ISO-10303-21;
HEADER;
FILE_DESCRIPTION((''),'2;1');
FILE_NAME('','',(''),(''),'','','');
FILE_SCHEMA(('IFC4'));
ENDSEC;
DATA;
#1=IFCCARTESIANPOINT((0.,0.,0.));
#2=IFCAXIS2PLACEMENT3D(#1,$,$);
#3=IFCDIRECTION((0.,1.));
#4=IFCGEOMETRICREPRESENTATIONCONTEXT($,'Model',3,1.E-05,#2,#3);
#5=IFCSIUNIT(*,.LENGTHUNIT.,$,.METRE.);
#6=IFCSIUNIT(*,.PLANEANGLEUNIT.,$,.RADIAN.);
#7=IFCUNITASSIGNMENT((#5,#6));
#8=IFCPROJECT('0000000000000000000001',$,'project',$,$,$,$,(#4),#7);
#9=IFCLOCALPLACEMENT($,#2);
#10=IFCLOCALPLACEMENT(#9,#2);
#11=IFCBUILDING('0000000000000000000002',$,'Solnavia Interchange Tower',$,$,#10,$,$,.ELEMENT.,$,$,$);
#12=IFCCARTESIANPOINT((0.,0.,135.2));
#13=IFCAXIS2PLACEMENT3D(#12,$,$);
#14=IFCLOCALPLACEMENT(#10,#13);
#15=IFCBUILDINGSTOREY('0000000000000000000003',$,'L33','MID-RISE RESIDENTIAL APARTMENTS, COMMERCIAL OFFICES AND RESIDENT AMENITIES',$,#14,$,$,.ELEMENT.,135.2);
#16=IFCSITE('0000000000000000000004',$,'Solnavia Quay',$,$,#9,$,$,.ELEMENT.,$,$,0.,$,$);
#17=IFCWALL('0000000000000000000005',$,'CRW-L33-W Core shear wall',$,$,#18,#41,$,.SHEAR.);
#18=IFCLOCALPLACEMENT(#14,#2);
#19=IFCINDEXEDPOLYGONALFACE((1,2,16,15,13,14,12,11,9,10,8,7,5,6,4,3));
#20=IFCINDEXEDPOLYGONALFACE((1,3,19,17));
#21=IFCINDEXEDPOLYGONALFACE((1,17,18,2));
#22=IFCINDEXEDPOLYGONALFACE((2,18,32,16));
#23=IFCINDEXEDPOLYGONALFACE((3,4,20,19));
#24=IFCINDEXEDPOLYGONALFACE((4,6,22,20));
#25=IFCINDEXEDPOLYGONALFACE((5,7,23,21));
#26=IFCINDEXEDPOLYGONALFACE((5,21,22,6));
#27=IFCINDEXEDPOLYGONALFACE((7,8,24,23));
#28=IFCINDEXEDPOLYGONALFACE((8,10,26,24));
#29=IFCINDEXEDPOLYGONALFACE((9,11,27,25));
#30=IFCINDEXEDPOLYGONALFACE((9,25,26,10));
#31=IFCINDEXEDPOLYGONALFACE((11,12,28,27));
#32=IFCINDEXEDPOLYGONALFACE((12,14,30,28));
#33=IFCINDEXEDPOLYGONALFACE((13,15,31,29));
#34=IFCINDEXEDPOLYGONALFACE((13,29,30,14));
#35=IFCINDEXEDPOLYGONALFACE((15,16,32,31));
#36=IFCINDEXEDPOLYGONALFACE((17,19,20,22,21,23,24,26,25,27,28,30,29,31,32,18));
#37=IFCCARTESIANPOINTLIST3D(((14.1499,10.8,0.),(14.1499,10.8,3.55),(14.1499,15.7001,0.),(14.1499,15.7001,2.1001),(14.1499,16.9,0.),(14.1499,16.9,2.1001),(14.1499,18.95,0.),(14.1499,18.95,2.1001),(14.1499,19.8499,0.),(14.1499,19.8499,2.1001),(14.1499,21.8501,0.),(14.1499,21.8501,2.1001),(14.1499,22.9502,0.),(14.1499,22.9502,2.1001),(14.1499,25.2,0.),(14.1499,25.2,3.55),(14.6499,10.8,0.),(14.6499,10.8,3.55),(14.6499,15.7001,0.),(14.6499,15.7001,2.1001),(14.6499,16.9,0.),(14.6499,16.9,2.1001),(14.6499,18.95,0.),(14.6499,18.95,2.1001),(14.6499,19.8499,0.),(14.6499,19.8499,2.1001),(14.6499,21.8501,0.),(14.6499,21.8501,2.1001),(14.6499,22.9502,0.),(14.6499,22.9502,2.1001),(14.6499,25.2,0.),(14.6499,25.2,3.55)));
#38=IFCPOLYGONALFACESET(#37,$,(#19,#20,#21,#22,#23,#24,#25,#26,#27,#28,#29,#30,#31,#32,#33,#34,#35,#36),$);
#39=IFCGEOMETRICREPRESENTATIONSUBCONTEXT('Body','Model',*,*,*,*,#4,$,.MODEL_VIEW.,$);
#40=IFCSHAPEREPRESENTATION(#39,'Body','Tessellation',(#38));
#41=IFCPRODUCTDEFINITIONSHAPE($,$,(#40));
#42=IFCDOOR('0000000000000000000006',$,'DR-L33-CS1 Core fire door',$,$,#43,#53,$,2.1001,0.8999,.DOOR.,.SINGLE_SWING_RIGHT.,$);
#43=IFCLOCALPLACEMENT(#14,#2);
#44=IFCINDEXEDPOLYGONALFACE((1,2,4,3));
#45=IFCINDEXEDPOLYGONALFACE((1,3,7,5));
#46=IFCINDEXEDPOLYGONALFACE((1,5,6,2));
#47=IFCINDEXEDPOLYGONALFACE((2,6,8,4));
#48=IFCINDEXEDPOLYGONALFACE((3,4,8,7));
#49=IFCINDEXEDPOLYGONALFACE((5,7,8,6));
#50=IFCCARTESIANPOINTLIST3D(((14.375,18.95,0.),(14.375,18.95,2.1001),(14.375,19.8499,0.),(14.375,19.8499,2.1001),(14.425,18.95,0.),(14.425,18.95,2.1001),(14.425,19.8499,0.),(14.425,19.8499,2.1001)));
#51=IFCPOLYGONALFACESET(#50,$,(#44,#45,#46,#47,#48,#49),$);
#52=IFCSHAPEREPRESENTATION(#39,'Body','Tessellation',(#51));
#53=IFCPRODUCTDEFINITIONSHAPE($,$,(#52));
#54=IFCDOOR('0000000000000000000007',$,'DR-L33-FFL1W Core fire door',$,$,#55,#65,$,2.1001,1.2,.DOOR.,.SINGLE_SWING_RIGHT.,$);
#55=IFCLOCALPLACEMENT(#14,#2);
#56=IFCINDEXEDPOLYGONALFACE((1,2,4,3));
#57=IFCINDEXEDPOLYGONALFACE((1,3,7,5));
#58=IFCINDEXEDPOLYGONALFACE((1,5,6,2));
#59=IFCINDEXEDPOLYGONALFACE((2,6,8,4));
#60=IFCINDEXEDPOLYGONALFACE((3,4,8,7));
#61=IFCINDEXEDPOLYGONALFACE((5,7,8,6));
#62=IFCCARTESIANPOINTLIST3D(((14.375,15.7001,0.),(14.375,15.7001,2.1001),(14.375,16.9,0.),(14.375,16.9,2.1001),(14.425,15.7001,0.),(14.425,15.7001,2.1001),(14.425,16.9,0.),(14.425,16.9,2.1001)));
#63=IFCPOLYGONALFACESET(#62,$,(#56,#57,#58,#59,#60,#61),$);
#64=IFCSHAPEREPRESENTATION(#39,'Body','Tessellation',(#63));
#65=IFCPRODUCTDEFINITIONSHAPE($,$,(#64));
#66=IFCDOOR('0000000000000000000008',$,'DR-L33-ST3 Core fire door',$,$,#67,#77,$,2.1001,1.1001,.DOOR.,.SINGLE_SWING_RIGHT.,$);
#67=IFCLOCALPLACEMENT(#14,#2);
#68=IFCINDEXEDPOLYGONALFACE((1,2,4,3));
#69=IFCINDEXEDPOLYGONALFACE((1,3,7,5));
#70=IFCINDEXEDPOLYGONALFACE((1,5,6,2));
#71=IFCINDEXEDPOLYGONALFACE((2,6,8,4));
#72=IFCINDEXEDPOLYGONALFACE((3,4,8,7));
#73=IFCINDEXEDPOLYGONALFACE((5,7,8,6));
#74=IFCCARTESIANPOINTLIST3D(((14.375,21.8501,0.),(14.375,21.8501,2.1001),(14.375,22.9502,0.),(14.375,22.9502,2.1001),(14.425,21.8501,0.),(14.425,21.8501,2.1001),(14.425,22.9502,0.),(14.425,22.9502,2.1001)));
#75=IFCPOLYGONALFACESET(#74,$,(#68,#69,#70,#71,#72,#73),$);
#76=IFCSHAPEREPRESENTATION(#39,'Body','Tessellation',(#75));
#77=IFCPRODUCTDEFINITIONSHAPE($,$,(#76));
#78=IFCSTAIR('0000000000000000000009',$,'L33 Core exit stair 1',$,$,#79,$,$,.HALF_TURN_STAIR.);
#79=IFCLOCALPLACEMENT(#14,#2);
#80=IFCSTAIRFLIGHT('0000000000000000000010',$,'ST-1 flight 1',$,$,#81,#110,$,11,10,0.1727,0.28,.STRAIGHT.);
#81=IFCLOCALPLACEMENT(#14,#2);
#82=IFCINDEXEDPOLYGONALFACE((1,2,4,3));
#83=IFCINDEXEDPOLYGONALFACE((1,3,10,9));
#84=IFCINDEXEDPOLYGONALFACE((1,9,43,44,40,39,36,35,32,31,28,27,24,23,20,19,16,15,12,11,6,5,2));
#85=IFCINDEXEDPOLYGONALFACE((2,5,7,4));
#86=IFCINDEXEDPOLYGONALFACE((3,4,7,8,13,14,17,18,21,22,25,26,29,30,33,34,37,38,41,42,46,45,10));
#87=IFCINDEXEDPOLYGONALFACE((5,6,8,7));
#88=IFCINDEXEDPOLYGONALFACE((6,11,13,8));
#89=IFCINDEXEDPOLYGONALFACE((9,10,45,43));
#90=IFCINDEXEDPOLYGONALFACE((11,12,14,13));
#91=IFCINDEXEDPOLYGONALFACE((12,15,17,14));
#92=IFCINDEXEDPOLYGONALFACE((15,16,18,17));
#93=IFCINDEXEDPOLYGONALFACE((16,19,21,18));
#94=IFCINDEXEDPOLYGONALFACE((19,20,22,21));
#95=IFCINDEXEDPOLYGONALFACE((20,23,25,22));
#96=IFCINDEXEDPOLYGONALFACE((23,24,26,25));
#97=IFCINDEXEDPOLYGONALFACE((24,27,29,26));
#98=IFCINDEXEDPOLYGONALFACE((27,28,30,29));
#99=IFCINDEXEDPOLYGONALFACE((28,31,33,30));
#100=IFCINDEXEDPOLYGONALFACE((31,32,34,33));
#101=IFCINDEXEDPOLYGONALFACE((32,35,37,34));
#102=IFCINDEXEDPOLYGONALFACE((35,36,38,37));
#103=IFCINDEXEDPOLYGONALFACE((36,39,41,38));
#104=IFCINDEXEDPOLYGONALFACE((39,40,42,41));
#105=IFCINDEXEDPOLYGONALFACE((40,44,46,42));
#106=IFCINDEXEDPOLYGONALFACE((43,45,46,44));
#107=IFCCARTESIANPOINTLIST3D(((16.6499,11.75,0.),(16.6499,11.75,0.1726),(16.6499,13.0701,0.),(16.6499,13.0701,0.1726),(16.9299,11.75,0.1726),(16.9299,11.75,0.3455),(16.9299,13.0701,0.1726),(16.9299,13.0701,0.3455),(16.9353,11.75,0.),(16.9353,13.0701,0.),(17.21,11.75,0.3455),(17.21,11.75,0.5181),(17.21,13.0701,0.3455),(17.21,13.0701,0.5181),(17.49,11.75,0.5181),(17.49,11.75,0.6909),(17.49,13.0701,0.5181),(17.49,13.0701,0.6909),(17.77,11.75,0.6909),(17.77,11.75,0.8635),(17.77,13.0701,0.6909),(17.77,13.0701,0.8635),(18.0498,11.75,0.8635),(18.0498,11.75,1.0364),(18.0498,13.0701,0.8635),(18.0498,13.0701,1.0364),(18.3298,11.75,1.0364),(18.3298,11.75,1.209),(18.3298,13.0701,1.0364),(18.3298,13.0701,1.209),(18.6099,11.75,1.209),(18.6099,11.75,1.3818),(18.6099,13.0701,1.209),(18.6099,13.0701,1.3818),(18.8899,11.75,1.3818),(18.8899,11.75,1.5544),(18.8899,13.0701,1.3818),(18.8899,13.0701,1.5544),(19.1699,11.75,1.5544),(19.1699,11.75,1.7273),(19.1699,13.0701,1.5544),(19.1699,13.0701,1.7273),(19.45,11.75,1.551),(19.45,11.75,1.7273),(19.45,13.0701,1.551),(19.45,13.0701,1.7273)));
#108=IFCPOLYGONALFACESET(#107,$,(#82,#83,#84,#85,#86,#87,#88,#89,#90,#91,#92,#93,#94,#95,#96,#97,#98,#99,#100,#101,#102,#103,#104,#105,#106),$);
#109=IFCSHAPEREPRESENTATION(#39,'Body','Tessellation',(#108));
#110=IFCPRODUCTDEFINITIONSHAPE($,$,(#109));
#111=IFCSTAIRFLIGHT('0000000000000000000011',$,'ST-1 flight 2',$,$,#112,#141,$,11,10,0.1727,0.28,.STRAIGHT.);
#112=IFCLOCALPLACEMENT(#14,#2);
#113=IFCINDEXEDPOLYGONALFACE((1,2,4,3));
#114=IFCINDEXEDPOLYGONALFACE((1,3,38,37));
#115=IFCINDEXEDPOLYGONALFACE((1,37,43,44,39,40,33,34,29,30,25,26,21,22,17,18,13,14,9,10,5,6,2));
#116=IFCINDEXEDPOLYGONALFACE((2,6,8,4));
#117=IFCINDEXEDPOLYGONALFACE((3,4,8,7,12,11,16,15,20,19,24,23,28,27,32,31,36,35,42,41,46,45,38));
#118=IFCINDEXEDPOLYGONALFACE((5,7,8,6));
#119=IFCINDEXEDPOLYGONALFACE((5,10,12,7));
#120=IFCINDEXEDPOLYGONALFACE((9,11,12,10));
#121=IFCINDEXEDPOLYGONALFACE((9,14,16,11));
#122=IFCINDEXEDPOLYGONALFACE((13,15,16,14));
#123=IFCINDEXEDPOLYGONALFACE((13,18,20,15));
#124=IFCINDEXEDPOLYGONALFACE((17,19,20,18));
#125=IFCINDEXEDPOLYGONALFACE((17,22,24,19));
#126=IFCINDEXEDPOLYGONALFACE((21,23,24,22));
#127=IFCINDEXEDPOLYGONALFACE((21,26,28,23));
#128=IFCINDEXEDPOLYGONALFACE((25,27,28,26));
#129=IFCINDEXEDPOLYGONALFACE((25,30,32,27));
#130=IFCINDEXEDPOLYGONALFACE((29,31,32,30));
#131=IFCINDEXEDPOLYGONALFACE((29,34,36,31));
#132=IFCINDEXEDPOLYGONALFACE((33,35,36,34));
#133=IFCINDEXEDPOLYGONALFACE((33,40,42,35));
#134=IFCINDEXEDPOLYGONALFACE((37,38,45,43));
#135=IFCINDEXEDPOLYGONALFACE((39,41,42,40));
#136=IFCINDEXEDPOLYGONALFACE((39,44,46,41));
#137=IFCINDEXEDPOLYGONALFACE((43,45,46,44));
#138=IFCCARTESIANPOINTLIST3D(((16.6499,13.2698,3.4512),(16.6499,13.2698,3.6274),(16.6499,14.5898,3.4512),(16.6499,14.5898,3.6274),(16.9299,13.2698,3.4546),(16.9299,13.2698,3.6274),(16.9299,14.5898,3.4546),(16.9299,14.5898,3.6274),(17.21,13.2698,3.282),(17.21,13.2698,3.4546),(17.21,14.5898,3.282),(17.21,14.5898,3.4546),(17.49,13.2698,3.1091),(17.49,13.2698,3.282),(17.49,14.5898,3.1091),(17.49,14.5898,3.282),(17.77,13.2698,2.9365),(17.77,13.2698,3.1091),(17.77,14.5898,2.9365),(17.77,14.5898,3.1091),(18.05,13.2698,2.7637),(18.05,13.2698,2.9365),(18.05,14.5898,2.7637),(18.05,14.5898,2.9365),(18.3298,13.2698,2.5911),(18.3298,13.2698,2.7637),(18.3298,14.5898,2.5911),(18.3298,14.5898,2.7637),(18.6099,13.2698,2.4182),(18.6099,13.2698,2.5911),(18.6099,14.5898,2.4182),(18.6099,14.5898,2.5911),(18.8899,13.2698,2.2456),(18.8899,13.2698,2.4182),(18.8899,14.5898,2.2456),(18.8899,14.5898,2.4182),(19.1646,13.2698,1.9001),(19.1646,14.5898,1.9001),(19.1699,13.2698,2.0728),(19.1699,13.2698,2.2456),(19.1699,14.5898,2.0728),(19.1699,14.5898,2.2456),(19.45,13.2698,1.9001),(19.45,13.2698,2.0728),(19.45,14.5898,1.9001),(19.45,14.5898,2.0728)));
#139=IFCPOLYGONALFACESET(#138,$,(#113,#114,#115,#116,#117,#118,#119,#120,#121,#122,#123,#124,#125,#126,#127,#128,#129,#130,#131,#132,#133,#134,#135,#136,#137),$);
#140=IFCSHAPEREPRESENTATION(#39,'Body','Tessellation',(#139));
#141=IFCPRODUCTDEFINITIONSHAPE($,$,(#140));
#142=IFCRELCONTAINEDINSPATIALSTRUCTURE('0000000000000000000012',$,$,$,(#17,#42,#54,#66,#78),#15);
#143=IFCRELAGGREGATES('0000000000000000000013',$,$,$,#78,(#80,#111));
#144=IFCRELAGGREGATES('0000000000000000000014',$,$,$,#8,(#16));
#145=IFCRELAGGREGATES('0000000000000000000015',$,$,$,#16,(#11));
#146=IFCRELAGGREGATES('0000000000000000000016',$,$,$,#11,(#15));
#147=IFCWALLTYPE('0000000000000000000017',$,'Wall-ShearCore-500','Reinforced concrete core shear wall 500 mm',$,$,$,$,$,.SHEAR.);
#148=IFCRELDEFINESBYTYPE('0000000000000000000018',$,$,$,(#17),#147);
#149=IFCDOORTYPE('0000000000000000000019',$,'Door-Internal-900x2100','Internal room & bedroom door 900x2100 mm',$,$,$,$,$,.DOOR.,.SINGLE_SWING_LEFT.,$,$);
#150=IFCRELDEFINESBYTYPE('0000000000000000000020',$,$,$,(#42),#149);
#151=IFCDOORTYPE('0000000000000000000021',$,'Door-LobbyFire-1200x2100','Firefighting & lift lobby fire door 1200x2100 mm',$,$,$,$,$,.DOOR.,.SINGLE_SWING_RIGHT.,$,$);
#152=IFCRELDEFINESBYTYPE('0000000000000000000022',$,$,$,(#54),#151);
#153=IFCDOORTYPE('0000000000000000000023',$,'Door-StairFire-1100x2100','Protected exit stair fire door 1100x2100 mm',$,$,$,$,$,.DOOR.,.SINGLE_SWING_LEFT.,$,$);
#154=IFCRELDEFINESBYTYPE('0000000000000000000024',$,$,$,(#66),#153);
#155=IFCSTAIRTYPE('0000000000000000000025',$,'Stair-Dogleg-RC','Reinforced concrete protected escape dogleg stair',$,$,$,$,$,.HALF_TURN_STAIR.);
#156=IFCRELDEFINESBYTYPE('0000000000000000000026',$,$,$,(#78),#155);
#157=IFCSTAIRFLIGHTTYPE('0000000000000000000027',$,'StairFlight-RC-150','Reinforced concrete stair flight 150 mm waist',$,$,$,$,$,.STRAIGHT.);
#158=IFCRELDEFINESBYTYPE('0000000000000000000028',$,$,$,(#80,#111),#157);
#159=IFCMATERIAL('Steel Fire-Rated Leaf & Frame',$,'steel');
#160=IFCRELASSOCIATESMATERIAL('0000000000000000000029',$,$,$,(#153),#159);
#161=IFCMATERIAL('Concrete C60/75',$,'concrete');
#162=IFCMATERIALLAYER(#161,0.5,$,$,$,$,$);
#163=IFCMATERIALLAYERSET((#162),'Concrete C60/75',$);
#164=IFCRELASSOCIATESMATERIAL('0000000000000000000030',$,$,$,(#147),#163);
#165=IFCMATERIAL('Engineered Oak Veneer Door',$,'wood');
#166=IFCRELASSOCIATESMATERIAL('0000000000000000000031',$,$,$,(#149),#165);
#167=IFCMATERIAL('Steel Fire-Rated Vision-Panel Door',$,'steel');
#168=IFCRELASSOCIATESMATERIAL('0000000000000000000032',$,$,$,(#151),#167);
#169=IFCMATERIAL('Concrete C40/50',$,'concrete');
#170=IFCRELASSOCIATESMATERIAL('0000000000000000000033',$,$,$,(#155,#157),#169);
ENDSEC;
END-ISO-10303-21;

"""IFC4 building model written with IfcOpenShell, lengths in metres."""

from ifc_helpers import new_model, si_unit, direction, frame, frame_2d, origin, place, context, subcontext, project, spatial, polyline, rectangle, outline, extrude, material, layer, layer_set, type_object, element, fill, aggregate, save


model = new_model("IFC4")

# Units and contexts
model_context = context("Model", 3, precision=1e-05, world=origin(), true_north=direction((0.0, 1.0)))
body_context = subcontext(model_context, "Body", "Model", "MODEL_VIEW")
ifc_project = project(units=[si_unit("LENGTHUNIT", "METRE"), si_unit("PLANEANGLEUNIT", "RADIAN")], contexts=[model_context])

# Site, building, storey
site_placement = place(None, origin())
site = spatial("IfcSite", under=ifc_project, at=site_placement, Name="Solnavia Quay", CompositionType="ELEMENT", RefElevation=0.0)
building_placement = place(site_placement, origin())
building = spatial("IfcBuilding", under=site, at=building_placement, Name="Solnavia Interchange Tower", CompositionType="ELEMENT")
storey_placement = place(building_placement, frame((0.0, 0.0, 135.2)))
storey = spatial("IfcBuildingStorey", under=building, at=storey_placement, Name="L33", Description="MID-RISE RESIDENTIAL APARTMENTS, COMMERCIAL OFFICES AND RESIDENT AMENITIES", CompositionType="ELEMENT", Elevation=135.2)

# Shared definitions
ifc_material_1 = material(Name="Concrete C40/50", Category="concrete")

# Shared definitions
ifc_material_2 = material(Name="Steel Fire-Rated Leaf & Frame", Category="steel")
door_type_1 = type_object("IfcDoorType", Name="Door-StairFire-1100x2100", Description="Protected exit stair fire door 1100x2100 mm", OperationType="SINGLE_SWING_LEFT", PredefinedType="DOOR", material=ifc_material_2)

# Shared definitions
ifc_material_3 = material(Name="Concrete C60/75", Category="concrete")
ifc_layer_1 = layer(ifc_material_3, 0.5)
ifc_layer_set_1 = layer_set([ifc_layer_1], Name="Concrete C60/75")
wall_type_1 = type_object("IfcWallType", Name="Wall-ShearCore-500", Description="Reinforced concrete core shear wall 500 mm", PredefinedType="SHEAR", material=ifc_layer_set_1)

# Wall, openings, doors
wall_1_placement = place(storey_placement, frame((14.3999, 10.8, 0.0), z_axis=(0.0, 0.0, 1.0), x_axis=(0.0, 1.0, 0.0)))
wall_1 = element("IfcWall", 1, at=wall_1_placement, inside=storey, type_object=wall_type_1, Name="CRW-L33-W Core shear wall", PredefinedType="SHEAR", context=body_context, shape_type="SweptSolid", body=[
    extrude(rectangle(XDim=14.3999, YDim=0.5, at=frame_2d((7.2, 0.0))), origin(), (0.0, 0.0, 1.0), 3.55),
])
opening_1_placement = place(wall_1_placement, frame((11.05, 0.0, 0.0)))
opening_1 = element("IfcOpeningElement", 2, at=opening_1_placement, cuts=wall_1, PredefinedType="OPENING", context=body_context, shape_type="SweptSolid", body=[
    extrude(rectangle(XDim=1.1001, YDim=2.1001, at=frame_2d((0.55, 1.05))), frame((0.0, 0.26, 0.0), z_axis=(0.0, -1.0, 0.0), x_axis=(1.0, 0.0, 0.0)), (0.0, 0.0, 1.0), 0.52),
])
opening_2_placement = place(wall_1_placement, frame((4.8999, 0.0, 0.0)))
opening_2 = element("IfcOpeningElement", 3, at=opening_2_placement, cuts=wall_1, PredefinedType="OPENING", context=body_context, shape_type="SweptSolid", body=[
    extrude(rectangle(XDim=1.2, YDim=2.1001, at=frame_2d((0.6001, 1.05))), frame((0.0, 0.26, 0.0), z_axis=(0.0, -1.0, 0.0), x_axis=(1.0, 0.0, 0.0)), (0.0, 0.0, 1.0), 0.52),
])
opening_3_placement = place(wall_1_placement, frame((8.1499, 0.0, 0.0)))
opening_3 = element("IfcOpeningElement", 4, at=opening_3_placement, cuts=wall_1, PredefinedType="OPENING", context=body_context, shape_type="SweptSolid", body=[
    extrude(rectangle(XDim=0.8999, YDim=2.1001, at=frame_2d((0.45, 1.05))), frame((0.0, 0.26, 0.0), z_axis=(0.0, -1.0, 0.0), x_axis=(1.0, 0.0, 0.0)), (0.0, 0.0, 1.0), 0.52),
])
ifc_material_4 = material(Name="Engineered Oak Veneer Door", Category="wood")
door_type_2 = type_object("IfcDoorType", Name="Door-Internal-900x2100", Description="Internal room & bedroom door 900x2100 mm", OperationType="SINGLE_SWING_LEFT", PredefinedType="DOOR", material=ifc_material_4)
door_1_placement = place(opening_3_placement, origin())
door_1 = element("IfcDoor", 5, at=door_1_placement, inside=storey, type_object=door_type_2, Name="DR-L33-CS1 Core fire door", OperationType="SINGLE_SWING_RIGHT", OverallHeight=2.1001, OverallWidth=0.8999, PredefinedType="DOOR", context=body_context, shape_type="SweptSolid", body=[
    extrude(rectangle(XDim=0.8999, YDim=2.1001, at=frame_2d((0.45, 1.05))), frame((0.0, 0.0249, 0.0), z_axis=(0.0, -1.0, 0.0), x_axis=(1.0, 0.0, 0.0)), (0.0, 0.0, 1.0), 0.05),
])
fill(opening_3, door_1)
ifc_material_5 = material(Name="Steel Fire-Rated Vision-Panel Door", Category="steel")
door_type_3 = type_object("IfcDoorType", Name="Door-LobbyFire-1200x2100", Description="Firefighting & lift lobby fire door 1200x2100 mm", OperationType="SINGLE_SWING_RIGHT", PredefinedType="DOOR", material=ifc_material_5)
door_2_placement = place(opening_2_placement, origin())
door_2 = element("IfcDoor", 6, at=door_2_placement, inside=storey, type_object=door_type_3, Name="DR-L33-FFL1W Core fire door", OperationType="SINGLE_SWING_RIGHT", OverallHeight=2.1001, OverallWidth=1.2, PredefinedType="DOOR", context=body_context, shape_type="SweptSolid", body=[
    extrude(rectangle(XDim=1.2, YDim=2.1001, at=frame_2d((0.6001, 1.05))), frame((0.0, 0.0249, 0.0), z_axis=(0.0, -1.0, 0.0), x_axis=(1.0, 0.0, 0.0)), (0.0, 0.0, 1.0), 0.05),
])
fill(opening_2, door_2)
door_3_placement = place(opening_1_placement, origin())
door_3 = element("IfcDoor", 7, at=door_3_placement, inside=storey, type_object=door_type_1, Name="DR-L33-ST3 Core fire door", OperationType="SINGLE_SWING_RIGHT", OverallHeight=2.1001, OverallWidth=1.1001, PredefinedType="DOOR", context=body_context, shape_type="SweptSolid", body=[
    extrude(rectangle(XDim=1.1001, YDim=2.1001, at=frame_2d((0.55, 1.05))), frame((0.0, 0.0249, 0.0), z_axis=(0.0, -1.0, 0.0), x_axis=(1.0, 0.0, 0.0)), (0.0, 0.0, 1.0), 0.05),
])
fill(opening_1, door_3)

# Stair, stair flights
stair_type = type_object("IfcStairType", Name="Stair-Dogleg-RC", Description="Reinforced concrete protected escape dogleg stair", PredefinedType="HALF_TURN_STAIR", material=ifc_material_1)
stair_placement = place(storey_placement, origin())
stair = element("IfcStair", 8, at=stair_placement, inside=storey, type_object=stair_type, Name="L33 Core exit stair 1", PredefinedType="HALF_TURN_STAIR")
stair_flight_type = type_object("IfcStairFlightType", Name="StairFlight-RC-150", Description="Reinforced concrete stair flight 150 mm waist", PredefinedType="STRAIGHT", material=ifc_material_1)
stair_flight_1_placement = place(storey_placement, frame((16.6499, 12.4099, 0.0), z_axis=(0.0, 0.0, 1.0), x_axis=(1.0, 0.0, 0.0)))
stair_flight_1 = element("IfcStairFlight", 9, at=stair_flight_1_placement, type_object=stair_flight_type, Name="ST-1 flight 1", NumberOfRisers=11, NumberOfTreads=10, PredefinedType="STRAIGHT", RiserHeight=0.1727, TreadLength=0.28, context=body_context, shape_type="SweptSolid", body=[
    extrude(outline(polyline([(0.0, 0.0), (0.0, 0.1726), (0.28, 0.1726), (0.28, 0.3455), (0.5601, 0.3455), (0.5601, 0.5181), (0.8401, 0.5181), (0.8401, 0.6909), (1.1201, 0.6909), (1.1201, 0.8635), (1.3999, 0.8635), (1.3999, 1.0364), (1.6799, 1.0364), (1.6799, 1.209), (1.96, 1.209), (1.96, 1.3818), (2.24, 1.3818), (2.24, 1.5544), (2.52, 1.5544), (2.52, 1.7273), (2.8, 1.7273), (2.8, 1.8999), (2.8, 1.551), (0.2854, 0.0), (0.0, 0.0)])), frame((0.0, 0.6602, 0.0), z_axis=(0.0, -1.0, 0.0), x_axis=(1.0, 0.0, 0.0)), (0.0, 0.0, 1.0), 1.3201),
])
stair_flight_2_placement = place(storey_placement, frame((19.45, 13.9299, 1.9001), z_axis=(0.0, 0.0, 1.0), x_axis=(-1.0, 0.0, 0.0)))
stair_flight_2 = element("IfcStairFlight", 10, at=stair_flight_2_placement, type_object=stair_flight_type, Name="ST-1 flight 2", NumberOfRisers=11, NumberOfTreads=10, PredefinedType="STRAIGHT", RiserHeight=0.1727, TreadLength=0.28, context=body_context, shape_type="SweptSolid", body=[
    extrude(outline(polyline([(0.0, 0.0), (0.0, 0.1726), (0.28, 0.1726), (0.28, 0.3455), (0.5601, 0.3455), (0.5601, 0.5181), (0.8401, 0.5181), (0.8401, 0.6909), (1.1201, 0.6909), (1.1201, 0.8635), (1.3999, 0.8635), (1.3999, 1.0364), (1.6799, 1.0364), (1.6799, 1.209), (1.96, 1.209), (1.96, 1.3818), (2.24, 1.3818), (2.24, 1.5544), (2.52, 1.5544), (2.52, 1.7273), (2.8, 1.7273), (2.8, 1.8999), (2.8, 1.551), (0.2854, 0.0), (0.0, 0.0)])), frame((0.0, 0.6602, 0.0), z_axis=(0.0, -1.0, 0.0), x_axis=(1.0, 0.0, 0.0)), (0.0, 0.0, 1.0), 1.3201),
])
aggregate(stair, [stair_flight_1, stair_flight_2])

save(model, "model.ifc")
